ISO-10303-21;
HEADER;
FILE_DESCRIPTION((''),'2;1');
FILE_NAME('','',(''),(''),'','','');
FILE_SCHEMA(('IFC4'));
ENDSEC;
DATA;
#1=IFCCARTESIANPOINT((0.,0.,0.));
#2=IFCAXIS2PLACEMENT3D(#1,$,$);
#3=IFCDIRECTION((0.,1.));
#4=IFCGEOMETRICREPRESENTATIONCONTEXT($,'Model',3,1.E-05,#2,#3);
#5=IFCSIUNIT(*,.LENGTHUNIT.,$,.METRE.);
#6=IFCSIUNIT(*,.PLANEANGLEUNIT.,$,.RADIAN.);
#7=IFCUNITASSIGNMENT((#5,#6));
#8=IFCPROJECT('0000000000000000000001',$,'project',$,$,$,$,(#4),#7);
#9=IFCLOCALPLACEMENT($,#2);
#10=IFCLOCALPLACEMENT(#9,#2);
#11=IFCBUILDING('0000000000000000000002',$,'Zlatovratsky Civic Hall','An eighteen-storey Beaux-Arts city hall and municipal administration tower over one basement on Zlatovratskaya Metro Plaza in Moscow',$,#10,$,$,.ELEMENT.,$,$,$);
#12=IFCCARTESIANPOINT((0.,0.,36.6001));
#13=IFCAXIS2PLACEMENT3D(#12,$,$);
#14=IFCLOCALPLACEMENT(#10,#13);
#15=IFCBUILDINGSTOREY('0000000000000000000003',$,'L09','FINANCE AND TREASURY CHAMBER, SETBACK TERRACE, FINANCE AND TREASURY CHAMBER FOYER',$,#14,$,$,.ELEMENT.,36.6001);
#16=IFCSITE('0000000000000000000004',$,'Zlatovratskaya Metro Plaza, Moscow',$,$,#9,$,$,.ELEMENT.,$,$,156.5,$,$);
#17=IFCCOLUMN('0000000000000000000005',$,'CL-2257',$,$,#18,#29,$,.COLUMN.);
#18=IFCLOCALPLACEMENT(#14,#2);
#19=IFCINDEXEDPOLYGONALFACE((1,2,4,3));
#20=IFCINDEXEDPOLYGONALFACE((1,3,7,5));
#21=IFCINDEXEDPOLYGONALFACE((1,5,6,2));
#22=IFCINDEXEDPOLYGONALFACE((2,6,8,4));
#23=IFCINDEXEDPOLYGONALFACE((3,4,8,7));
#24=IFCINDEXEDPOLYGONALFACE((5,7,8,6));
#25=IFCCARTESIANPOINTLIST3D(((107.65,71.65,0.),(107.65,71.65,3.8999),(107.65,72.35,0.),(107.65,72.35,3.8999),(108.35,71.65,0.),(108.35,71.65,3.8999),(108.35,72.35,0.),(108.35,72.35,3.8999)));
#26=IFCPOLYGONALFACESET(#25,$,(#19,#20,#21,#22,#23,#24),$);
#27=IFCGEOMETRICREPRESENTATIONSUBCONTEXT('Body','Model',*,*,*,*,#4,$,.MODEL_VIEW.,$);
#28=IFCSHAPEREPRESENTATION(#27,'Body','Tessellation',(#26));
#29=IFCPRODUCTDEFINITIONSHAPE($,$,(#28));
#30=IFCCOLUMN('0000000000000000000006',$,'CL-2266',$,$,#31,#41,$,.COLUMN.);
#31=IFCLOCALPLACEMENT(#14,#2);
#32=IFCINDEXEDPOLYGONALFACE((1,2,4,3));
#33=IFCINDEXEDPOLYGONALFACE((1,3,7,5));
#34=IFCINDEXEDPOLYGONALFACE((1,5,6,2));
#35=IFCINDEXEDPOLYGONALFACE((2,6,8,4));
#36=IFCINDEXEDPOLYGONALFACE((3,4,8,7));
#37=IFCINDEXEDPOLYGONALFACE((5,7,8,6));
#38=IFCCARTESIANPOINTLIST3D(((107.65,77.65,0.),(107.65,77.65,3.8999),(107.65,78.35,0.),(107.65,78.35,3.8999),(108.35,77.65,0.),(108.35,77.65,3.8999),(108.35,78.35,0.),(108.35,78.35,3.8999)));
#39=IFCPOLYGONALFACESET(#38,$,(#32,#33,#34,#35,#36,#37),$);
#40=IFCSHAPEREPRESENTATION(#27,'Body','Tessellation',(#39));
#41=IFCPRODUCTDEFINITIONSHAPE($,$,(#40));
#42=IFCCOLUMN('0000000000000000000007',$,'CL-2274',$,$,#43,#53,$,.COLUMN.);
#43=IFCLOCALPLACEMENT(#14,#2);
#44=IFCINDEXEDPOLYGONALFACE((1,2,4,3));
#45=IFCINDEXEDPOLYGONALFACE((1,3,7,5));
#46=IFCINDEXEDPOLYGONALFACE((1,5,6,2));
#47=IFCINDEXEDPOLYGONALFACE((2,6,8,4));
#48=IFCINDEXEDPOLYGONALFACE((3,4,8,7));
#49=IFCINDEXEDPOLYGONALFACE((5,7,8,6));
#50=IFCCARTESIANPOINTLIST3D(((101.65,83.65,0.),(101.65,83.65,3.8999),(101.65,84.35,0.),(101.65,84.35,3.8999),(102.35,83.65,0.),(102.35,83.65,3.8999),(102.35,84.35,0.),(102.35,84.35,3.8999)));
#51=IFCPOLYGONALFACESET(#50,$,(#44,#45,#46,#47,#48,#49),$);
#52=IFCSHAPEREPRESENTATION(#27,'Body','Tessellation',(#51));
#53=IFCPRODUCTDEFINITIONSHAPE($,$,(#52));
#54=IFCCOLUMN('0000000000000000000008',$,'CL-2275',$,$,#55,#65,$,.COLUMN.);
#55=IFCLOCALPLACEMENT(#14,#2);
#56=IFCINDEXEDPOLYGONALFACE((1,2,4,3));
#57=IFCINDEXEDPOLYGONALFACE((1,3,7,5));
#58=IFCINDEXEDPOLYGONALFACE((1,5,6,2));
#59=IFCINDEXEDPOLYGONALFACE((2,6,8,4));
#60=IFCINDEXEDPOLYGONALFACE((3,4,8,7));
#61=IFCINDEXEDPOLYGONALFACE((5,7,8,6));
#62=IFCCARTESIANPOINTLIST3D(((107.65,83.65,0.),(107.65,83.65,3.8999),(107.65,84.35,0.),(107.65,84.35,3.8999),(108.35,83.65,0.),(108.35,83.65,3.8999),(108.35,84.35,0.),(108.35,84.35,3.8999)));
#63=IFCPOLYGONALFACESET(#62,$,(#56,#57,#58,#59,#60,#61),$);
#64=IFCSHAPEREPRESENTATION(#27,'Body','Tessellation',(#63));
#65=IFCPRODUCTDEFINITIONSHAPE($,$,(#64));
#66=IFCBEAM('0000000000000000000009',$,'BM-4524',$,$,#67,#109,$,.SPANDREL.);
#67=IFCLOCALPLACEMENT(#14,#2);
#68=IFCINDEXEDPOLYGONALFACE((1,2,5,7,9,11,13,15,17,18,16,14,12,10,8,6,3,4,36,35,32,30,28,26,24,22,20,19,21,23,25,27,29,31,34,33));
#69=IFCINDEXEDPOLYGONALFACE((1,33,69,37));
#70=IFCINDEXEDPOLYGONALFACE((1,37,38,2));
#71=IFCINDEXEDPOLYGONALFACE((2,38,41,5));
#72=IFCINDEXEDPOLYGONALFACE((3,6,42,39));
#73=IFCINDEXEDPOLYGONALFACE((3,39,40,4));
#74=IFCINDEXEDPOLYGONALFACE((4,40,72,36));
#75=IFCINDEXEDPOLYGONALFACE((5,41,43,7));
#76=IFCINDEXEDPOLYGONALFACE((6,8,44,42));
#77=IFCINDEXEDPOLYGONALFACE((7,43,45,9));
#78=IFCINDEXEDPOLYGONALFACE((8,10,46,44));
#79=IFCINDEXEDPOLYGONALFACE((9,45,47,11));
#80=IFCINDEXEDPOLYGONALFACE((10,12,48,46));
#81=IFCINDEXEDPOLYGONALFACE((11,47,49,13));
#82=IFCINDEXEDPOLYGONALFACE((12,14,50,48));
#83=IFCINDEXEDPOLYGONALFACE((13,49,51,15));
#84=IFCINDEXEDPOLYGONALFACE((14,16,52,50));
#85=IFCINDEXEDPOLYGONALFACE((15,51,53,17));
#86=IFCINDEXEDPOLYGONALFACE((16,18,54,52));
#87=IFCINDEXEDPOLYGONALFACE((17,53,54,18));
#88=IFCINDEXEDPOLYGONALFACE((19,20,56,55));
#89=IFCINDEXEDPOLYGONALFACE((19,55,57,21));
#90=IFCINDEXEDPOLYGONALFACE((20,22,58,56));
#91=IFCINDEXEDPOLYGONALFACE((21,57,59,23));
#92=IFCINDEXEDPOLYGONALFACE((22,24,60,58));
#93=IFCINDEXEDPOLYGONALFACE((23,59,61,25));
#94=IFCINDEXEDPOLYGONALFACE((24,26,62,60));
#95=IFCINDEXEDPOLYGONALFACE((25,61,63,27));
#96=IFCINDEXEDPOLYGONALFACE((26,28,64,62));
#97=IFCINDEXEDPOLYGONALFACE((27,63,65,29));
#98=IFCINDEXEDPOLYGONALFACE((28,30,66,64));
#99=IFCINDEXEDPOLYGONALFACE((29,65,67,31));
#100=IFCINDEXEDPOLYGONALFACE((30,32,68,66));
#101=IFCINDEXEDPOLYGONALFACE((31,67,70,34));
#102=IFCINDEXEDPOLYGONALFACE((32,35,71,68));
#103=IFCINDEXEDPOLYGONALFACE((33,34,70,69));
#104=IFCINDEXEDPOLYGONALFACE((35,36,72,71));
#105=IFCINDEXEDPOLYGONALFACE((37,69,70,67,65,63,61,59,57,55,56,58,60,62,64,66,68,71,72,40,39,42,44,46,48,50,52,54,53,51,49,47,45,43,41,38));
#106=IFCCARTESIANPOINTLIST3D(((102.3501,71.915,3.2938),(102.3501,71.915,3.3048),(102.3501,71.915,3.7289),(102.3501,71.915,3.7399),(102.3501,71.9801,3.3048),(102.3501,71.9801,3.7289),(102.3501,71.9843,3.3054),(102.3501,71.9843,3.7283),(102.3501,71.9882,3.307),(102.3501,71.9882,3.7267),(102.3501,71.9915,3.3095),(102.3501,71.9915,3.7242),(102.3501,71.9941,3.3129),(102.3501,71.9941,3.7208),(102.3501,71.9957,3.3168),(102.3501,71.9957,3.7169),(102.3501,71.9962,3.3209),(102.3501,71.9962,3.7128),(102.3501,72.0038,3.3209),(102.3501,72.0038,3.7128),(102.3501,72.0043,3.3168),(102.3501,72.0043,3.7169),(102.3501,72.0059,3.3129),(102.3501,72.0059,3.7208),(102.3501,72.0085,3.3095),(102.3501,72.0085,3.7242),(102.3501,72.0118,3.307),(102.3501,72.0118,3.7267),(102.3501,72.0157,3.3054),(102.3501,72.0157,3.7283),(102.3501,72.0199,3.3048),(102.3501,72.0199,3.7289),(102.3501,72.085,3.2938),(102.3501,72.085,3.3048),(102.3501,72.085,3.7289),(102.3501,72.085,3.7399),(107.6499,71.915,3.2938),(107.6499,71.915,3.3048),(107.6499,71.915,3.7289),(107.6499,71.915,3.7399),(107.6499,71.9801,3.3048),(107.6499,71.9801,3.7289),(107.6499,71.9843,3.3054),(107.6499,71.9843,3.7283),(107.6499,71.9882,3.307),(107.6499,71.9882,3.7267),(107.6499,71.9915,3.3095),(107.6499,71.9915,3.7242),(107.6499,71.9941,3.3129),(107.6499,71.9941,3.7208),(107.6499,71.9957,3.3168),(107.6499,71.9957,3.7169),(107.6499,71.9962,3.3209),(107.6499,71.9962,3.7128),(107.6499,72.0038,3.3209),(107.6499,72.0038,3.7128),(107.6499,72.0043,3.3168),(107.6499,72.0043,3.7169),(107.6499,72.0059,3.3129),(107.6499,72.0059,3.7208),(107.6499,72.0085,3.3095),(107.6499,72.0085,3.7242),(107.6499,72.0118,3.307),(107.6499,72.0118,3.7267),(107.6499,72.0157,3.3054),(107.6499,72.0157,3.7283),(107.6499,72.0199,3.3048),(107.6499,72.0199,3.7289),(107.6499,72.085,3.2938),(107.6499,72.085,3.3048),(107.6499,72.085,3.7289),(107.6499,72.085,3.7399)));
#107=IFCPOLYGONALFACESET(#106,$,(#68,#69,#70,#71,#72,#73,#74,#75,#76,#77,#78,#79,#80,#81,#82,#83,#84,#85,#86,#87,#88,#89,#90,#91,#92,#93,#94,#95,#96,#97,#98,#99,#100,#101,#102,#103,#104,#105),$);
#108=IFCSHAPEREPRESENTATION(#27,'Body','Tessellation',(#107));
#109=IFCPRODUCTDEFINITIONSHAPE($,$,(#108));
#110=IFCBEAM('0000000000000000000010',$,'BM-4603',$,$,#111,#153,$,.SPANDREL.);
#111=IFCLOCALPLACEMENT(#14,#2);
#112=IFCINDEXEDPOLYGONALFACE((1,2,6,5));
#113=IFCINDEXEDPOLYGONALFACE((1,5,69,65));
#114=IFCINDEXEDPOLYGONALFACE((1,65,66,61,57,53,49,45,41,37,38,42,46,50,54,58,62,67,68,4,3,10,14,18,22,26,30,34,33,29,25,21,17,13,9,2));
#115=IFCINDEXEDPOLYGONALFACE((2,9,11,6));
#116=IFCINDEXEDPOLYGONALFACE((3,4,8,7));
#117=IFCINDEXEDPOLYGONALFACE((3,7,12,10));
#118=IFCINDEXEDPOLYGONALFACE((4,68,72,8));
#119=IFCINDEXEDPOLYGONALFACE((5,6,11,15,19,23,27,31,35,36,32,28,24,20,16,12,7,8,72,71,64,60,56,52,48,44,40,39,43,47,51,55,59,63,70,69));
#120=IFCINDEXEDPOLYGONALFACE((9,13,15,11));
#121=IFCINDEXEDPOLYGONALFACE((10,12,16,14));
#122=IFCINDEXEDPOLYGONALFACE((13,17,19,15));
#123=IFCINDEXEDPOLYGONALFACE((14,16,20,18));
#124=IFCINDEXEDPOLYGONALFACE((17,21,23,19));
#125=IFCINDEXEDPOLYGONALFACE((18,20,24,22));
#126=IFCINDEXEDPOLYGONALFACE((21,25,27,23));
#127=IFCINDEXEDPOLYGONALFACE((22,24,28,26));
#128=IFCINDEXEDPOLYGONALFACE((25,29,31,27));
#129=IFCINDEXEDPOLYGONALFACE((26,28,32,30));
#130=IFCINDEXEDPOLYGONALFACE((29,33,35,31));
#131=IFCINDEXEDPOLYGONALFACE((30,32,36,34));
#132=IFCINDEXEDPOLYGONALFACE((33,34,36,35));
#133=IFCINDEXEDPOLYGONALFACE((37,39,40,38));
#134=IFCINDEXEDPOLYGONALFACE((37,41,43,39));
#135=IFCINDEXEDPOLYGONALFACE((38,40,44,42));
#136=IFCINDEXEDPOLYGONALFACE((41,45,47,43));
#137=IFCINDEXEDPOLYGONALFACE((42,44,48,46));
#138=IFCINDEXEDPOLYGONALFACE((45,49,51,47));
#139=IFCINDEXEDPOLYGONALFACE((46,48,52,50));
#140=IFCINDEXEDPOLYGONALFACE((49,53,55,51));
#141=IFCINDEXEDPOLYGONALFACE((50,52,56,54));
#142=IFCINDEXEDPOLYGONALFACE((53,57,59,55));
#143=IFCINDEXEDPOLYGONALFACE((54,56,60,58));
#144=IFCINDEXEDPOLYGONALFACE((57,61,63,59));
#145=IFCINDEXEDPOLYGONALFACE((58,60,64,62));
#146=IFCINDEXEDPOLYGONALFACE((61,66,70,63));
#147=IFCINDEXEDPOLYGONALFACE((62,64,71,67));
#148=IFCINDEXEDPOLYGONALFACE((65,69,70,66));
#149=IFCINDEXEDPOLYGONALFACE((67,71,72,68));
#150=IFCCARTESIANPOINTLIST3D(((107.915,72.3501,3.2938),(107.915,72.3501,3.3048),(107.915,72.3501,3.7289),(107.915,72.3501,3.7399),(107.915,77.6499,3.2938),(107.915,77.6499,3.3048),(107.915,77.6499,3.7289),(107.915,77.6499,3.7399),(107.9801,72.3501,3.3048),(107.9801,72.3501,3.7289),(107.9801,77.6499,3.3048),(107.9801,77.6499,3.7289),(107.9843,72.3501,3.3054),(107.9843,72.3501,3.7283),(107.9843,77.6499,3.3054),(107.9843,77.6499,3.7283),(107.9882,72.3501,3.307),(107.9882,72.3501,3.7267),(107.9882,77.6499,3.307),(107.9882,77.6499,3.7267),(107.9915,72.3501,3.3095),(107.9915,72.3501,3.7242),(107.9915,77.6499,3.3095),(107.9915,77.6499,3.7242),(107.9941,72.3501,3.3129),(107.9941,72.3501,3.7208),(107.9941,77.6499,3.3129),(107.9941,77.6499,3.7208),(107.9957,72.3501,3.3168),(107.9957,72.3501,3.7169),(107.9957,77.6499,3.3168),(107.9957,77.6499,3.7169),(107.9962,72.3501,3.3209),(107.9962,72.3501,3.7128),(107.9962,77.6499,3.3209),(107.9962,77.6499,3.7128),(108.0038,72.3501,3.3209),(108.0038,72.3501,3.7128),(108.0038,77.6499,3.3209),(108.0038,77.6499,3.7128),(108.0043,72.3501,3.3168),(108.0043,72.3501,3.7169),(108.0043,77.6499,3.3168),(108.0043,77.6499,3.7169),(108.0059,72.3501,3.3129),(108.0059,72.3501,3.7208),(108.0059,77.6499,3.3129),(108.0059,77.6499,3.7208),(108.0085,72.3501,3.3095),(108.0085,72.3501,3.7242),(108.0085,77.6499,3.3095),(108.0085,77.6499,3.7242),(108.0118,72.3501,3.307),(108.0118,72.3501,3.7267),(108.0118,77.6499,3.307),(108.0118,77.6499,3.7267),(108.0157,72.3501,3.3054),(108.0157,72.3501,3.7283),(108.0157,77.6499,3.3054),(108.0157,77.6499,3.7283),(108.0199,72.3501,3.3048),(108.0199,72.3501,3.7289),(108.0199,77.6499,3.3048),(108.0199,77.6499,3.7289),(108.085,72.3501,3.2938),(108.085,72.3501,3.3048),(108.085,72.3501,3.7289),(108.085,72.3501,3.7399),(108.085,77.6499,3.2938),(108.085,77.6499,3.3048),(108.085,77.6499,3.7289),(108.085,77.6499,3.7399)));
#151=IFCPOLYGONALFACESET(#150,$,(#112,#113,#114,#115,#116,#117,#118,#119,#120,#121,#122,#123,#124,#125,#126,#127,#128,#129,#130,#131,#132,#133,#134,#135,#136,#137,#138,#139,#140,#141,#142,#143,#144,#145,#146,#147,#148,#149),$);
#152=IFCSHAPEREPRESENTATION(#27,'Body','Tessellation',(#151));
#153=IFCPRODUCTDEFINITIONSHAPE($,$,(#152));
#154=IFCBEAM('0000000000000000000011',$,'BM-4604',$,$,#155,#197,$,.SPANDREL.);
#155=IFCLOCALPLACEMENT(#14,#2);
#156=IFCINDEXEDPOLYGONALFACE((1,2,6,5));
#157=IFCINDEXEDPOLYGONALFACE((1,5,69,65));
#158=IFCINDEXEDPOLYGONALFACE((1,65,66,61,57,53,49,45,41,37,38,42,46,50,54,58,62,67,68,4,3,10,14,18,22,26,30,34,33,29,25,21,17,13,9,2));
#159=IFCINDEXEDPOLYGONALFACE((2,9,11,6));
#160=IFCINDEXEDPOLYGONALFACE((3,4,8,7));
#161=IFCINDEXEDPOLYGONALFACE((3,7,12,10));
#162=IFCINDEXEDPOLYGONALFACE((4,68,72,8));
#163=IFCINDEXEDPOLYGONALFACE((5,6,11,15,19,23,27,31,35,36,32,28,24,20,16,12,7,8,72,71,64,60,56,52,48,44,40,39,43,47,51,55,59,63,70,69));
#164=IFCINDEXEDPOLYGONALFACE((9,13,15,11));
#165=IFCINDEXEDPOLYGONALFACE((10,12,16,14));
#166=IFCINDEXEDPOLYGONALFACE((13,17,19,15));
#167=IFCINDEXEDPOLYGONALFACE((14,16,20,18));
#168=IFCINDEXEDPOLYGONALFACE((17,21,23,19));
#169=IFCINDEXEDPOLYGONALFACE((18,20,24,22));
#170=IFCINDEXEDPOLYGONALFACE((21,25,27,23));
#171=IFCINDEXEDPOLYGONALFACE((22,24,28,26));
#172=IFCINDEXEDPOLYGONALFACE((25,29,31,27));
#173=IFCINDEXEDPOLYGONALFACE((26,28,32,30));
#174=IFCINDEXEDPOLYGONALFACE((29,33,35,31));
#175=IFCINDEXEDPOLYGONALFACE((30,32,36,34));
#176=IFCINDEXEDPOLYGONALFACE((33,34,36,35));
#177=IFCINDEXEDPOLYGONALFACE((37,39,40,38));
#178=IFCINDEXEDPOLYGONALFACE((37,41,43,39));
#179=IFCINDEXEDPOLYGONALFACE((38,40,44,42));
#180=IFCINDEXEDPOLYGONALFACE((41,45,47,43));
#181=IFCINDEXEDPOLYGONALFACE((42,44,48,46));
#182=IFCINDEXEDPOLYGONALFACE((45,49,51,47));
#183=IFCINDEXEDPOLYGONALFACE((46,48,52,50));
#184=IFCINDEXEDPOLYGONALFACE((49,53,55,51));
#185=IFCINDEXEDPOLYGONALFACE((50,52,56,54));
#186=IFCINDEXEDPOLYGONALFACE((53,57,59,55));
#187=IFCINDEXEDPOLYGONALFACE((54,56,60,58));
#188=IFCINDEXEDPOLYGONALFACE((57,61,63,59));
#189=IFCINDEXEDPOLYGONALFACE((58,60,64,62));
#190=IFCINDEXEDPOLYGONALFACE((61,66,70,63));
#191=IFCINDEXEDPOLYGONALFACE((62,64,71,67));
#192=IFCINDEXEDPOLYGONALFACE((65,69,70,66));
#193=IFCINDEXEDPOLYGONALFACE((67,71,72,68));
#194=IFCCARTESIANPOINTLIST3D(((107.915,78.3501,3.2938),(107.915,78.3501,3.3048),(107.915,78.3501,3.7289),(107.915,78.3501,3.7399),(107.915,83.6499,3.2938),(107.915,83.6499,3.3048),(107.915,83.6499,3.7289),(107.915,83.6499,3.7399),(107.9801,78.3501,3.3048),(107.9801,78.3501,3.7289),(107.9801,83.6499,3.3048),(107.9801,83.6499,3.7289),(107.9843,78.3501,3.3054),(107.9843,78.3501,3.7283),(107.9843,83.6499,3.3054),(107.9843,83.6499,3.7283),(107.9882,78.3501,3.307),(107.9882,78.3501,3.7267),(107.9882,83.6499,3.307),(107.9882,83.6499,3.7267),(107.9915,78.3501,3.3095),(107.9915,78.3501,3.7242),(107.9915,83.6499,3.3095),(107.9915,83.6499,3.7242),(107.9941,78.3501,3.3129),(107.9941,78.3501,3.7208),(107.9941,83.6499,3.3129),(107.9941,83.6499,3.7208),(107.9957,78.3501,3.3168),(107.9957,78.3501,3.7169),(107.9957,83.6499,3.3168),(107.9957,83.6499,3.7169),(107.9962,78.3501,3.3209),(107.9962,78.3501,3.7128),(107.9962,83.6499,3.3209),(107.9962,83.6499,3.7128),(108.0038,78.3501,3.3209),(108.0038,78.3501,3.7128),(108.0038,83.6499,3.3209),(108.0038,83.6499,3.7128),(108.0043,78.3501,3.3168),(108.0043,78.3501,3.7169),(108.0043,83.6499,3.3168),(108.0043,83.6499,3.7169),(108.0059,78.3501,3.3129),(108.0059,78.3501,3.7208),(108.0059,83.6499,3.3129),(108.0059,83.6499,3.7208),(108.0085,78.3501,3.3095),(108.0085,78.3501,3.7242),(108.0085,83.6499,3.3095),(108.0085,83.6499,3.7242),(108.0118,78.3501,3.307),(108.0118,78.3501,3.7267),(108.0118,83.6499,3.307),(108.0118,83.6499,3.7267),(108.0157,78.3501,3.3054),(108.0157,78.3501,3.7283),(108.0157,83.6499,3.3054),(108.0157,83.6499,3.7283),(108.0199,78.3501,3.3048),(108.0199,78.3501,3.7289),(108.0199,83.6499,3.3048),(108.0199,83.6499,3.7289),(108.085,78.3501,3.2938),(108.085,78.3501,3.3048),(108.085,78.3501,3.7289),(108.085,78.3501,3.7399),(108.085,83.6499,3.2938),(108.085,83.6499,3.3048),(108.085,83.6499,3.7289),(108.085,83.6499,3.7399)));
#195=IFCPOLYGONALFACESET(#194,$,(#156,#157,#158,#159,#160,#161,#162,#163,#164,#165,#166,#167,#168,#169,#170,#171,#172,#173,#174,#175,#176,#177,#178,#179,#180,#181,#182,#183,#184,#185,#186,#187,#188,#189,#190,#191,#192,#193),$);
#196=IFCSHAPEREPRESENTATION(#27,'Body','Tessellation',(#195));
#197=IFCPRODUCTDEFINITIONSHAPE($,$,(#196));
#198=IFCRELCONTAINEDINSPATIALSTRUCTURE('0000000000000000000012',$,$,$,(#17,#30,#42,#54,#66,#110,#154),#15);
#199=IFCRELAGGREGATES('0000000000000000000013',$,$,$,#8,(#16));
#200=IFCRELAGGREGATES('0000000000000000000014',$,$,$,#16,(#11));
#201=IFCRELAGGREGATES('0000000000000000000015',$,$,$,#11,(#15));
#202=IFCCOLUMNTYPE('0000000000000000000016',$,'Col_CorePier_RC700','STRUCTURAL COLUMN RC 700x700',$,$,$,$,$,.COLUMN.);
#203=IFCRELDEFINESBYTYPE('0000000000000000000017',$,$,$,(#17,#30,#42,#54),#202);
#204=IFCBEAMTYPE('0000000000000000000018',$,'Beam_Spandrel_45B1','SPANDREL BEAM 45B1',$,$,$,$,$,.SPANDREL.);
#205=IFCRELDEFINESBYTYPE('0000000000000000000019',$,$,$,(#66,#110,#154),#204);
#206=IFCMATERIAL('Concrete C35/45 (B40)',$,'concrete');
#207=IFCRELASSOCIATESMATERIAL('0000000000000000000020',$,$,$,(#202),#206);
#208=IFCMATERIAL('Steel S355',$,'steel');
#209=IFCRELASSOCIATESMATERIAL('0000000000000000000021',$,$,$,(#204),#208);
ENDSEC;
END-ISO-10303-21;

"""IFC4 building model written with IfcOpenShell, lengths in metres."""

from ifc_helpers import new_model, si_unit, direction, frame, origin, origin_2d, place, context, subcontext, project, spatial, rectangle, i_section, extrude, material, material_profile, profile_set, type_object, element, save


model = new_model("IFC4")

# Units and contexts
model_context = context("Model", 3, precision=1e-05, world=origin(), true_north=direction((0.0, 1.0)))
body_context = subcontext(model_context, "Body", "Model", "MODEL_VIEW")
ifc_project = project(units=[si_unit("LENGTHUNIT", "METRE"), si_unit("PLANEANGLEUNIT", "RADIAN")], contexts=[model_context])

# Site, building, storey
site_placement = place(None, origin())
site = spatial("IfcSite", under=ifc_project, at=site_placement, Name="Zlatovratskaya Metro Plaza, Moscow", CompositionType="ELEMENT", RefElevation=156.5)
building_placement = place(site_placement, origin())
building = spatial("IfcBuilding", under=site, at=building_placement, Name="Zlatovratsky Civic Hall", Description="An eighteen-storey Beaux-Arts city hall and municipal administration tower over one basement on Zlatovratskaya Metro Plaza in Moscow", CompositionType="ELEMENT")
storey_placement = place(building_placement, frame((0.0, 0.0, 36.6001)))
storey = spatial("IfcBuildingStorey", under=building, at=storey_placement, Name="L09", Description="FINANCE AND TREASURY CHAMBER, SETBACK TERRACE, FINANCE AND TREASURY CHAMBER FOYER", CompositionType="ELEMENT", Elevation=36.6001)

# Columns
ifc_material_1 = material(Name="Concrete C35/45 (B40)", Category="concrete")
ifc_material_profile_1 = material_profile(ifc_material_1, rectangle(XDim=0.7, YDim=0.7, at=origin_2d()), Name="RC 700x700")
ifc_profile_set_1 = profile_set([ifc_material_profile_1], Name="Concrete C35/45 (B40)")
column_type = type_object("IfcColumnType", Name="Col_CorePier_RC700", Description="STRUCTURAL COLUMN RC 700x700", PredefinedType="COLUMN", material=ifc_profile_set_1)
for number, where, z_axis, x_axis, name in (
    (1, (108.0, 72.0, 0.0), (0.0, 0.0, 1.0), (1.0, 0.0, 0.0), "CL-2257"),
    (2, (108.0, 78.0, 0.0), (0.0, 0.0, 1.0), (1.0, 0.0, 0.0), "CL-2266"),
    (3, (102.0, 84.0, 0.0), (0.0, 0.0, 1.0), (1.0, 0.0, 0.0), "CL-2274"),
    (4, (108.0, 84.0, 0.0), (0.0, 0.0, 1.0), (1.0, 0.0, 0.0), "CL-2275"),
):
    element("IfcColumn", number, at=place(storey_placement, frame(where, z_axis=z_axis, x_axis=x_axis)), inside=storey, type_object=column_type, Name=name, PredefinedType="COLUMN", context=body_context, shape_type="SweptSolid", body=[
        extrude(rectangle(XDim=0.7, YDim=0.7, at=origin_2d()), origin(), (0.0, 0.0, 1.0), 3.8999),
    ])

# Beams
ifc_material_2 = material(Name="Steel S355", Category="steel")
ifc_material_profile_2 = material_profile(ifc_material_2, i_section(OverallWidth=0.1699, OverallDepth=0.446, WebThickness=0.0076, FlangeThickness=0.011, FilletRadius=0.0161, at=origin_2d()), Name="45B1")
ifc_profile_set_2 = profile_set([ifc_material_profile_2], Name="Steel S355")
beam_type_1 = type_object("IfcBeamType", Name="Beam_Spandrel_45B1", Description="SPANDREL BEAM 45B1", PredefinedType="SPANDREL", material=ifc_profile_set_2)
for number, where, z_axis, x_axis, name in (
    (5, (102.3501, 72.0, 3.5168), (1.0, 0.0, 0.0), (0.0, 1.0, 0.0), "BM-4524"),
    (6, (108.0, 72.3501, 3.5168), (0.0, 1.0, 0.0), (-1.0, 0.0, 0.0), "BM-4603"),
    (7, (108.0, 78.3501, 3.5168), (0.0, 1.0, 0.0), (-1.0, 0.0, 0.0), "BM-4604"),
):
    element("IfcBeam", number, at=place(storey_placement, frame(where, z_axis=z_axis, x_axis=x_axis)), inside=storey, type_object=beam_type_1, Name=name, PredefinedType="SPANDREL", context=body_context, shape_type="SweptSolid", body=[
        extrude(i_section(OverallWidth=0.1699, OverallDepth=0.446, WebThickness=0.0076, FlangeThickness=0.011, FilletRadius=0.0161, at=origin_2d()), origin(), (0.0, 0.0, 1.0), 5.2998),
    ])

save(model, "model.ifc")
